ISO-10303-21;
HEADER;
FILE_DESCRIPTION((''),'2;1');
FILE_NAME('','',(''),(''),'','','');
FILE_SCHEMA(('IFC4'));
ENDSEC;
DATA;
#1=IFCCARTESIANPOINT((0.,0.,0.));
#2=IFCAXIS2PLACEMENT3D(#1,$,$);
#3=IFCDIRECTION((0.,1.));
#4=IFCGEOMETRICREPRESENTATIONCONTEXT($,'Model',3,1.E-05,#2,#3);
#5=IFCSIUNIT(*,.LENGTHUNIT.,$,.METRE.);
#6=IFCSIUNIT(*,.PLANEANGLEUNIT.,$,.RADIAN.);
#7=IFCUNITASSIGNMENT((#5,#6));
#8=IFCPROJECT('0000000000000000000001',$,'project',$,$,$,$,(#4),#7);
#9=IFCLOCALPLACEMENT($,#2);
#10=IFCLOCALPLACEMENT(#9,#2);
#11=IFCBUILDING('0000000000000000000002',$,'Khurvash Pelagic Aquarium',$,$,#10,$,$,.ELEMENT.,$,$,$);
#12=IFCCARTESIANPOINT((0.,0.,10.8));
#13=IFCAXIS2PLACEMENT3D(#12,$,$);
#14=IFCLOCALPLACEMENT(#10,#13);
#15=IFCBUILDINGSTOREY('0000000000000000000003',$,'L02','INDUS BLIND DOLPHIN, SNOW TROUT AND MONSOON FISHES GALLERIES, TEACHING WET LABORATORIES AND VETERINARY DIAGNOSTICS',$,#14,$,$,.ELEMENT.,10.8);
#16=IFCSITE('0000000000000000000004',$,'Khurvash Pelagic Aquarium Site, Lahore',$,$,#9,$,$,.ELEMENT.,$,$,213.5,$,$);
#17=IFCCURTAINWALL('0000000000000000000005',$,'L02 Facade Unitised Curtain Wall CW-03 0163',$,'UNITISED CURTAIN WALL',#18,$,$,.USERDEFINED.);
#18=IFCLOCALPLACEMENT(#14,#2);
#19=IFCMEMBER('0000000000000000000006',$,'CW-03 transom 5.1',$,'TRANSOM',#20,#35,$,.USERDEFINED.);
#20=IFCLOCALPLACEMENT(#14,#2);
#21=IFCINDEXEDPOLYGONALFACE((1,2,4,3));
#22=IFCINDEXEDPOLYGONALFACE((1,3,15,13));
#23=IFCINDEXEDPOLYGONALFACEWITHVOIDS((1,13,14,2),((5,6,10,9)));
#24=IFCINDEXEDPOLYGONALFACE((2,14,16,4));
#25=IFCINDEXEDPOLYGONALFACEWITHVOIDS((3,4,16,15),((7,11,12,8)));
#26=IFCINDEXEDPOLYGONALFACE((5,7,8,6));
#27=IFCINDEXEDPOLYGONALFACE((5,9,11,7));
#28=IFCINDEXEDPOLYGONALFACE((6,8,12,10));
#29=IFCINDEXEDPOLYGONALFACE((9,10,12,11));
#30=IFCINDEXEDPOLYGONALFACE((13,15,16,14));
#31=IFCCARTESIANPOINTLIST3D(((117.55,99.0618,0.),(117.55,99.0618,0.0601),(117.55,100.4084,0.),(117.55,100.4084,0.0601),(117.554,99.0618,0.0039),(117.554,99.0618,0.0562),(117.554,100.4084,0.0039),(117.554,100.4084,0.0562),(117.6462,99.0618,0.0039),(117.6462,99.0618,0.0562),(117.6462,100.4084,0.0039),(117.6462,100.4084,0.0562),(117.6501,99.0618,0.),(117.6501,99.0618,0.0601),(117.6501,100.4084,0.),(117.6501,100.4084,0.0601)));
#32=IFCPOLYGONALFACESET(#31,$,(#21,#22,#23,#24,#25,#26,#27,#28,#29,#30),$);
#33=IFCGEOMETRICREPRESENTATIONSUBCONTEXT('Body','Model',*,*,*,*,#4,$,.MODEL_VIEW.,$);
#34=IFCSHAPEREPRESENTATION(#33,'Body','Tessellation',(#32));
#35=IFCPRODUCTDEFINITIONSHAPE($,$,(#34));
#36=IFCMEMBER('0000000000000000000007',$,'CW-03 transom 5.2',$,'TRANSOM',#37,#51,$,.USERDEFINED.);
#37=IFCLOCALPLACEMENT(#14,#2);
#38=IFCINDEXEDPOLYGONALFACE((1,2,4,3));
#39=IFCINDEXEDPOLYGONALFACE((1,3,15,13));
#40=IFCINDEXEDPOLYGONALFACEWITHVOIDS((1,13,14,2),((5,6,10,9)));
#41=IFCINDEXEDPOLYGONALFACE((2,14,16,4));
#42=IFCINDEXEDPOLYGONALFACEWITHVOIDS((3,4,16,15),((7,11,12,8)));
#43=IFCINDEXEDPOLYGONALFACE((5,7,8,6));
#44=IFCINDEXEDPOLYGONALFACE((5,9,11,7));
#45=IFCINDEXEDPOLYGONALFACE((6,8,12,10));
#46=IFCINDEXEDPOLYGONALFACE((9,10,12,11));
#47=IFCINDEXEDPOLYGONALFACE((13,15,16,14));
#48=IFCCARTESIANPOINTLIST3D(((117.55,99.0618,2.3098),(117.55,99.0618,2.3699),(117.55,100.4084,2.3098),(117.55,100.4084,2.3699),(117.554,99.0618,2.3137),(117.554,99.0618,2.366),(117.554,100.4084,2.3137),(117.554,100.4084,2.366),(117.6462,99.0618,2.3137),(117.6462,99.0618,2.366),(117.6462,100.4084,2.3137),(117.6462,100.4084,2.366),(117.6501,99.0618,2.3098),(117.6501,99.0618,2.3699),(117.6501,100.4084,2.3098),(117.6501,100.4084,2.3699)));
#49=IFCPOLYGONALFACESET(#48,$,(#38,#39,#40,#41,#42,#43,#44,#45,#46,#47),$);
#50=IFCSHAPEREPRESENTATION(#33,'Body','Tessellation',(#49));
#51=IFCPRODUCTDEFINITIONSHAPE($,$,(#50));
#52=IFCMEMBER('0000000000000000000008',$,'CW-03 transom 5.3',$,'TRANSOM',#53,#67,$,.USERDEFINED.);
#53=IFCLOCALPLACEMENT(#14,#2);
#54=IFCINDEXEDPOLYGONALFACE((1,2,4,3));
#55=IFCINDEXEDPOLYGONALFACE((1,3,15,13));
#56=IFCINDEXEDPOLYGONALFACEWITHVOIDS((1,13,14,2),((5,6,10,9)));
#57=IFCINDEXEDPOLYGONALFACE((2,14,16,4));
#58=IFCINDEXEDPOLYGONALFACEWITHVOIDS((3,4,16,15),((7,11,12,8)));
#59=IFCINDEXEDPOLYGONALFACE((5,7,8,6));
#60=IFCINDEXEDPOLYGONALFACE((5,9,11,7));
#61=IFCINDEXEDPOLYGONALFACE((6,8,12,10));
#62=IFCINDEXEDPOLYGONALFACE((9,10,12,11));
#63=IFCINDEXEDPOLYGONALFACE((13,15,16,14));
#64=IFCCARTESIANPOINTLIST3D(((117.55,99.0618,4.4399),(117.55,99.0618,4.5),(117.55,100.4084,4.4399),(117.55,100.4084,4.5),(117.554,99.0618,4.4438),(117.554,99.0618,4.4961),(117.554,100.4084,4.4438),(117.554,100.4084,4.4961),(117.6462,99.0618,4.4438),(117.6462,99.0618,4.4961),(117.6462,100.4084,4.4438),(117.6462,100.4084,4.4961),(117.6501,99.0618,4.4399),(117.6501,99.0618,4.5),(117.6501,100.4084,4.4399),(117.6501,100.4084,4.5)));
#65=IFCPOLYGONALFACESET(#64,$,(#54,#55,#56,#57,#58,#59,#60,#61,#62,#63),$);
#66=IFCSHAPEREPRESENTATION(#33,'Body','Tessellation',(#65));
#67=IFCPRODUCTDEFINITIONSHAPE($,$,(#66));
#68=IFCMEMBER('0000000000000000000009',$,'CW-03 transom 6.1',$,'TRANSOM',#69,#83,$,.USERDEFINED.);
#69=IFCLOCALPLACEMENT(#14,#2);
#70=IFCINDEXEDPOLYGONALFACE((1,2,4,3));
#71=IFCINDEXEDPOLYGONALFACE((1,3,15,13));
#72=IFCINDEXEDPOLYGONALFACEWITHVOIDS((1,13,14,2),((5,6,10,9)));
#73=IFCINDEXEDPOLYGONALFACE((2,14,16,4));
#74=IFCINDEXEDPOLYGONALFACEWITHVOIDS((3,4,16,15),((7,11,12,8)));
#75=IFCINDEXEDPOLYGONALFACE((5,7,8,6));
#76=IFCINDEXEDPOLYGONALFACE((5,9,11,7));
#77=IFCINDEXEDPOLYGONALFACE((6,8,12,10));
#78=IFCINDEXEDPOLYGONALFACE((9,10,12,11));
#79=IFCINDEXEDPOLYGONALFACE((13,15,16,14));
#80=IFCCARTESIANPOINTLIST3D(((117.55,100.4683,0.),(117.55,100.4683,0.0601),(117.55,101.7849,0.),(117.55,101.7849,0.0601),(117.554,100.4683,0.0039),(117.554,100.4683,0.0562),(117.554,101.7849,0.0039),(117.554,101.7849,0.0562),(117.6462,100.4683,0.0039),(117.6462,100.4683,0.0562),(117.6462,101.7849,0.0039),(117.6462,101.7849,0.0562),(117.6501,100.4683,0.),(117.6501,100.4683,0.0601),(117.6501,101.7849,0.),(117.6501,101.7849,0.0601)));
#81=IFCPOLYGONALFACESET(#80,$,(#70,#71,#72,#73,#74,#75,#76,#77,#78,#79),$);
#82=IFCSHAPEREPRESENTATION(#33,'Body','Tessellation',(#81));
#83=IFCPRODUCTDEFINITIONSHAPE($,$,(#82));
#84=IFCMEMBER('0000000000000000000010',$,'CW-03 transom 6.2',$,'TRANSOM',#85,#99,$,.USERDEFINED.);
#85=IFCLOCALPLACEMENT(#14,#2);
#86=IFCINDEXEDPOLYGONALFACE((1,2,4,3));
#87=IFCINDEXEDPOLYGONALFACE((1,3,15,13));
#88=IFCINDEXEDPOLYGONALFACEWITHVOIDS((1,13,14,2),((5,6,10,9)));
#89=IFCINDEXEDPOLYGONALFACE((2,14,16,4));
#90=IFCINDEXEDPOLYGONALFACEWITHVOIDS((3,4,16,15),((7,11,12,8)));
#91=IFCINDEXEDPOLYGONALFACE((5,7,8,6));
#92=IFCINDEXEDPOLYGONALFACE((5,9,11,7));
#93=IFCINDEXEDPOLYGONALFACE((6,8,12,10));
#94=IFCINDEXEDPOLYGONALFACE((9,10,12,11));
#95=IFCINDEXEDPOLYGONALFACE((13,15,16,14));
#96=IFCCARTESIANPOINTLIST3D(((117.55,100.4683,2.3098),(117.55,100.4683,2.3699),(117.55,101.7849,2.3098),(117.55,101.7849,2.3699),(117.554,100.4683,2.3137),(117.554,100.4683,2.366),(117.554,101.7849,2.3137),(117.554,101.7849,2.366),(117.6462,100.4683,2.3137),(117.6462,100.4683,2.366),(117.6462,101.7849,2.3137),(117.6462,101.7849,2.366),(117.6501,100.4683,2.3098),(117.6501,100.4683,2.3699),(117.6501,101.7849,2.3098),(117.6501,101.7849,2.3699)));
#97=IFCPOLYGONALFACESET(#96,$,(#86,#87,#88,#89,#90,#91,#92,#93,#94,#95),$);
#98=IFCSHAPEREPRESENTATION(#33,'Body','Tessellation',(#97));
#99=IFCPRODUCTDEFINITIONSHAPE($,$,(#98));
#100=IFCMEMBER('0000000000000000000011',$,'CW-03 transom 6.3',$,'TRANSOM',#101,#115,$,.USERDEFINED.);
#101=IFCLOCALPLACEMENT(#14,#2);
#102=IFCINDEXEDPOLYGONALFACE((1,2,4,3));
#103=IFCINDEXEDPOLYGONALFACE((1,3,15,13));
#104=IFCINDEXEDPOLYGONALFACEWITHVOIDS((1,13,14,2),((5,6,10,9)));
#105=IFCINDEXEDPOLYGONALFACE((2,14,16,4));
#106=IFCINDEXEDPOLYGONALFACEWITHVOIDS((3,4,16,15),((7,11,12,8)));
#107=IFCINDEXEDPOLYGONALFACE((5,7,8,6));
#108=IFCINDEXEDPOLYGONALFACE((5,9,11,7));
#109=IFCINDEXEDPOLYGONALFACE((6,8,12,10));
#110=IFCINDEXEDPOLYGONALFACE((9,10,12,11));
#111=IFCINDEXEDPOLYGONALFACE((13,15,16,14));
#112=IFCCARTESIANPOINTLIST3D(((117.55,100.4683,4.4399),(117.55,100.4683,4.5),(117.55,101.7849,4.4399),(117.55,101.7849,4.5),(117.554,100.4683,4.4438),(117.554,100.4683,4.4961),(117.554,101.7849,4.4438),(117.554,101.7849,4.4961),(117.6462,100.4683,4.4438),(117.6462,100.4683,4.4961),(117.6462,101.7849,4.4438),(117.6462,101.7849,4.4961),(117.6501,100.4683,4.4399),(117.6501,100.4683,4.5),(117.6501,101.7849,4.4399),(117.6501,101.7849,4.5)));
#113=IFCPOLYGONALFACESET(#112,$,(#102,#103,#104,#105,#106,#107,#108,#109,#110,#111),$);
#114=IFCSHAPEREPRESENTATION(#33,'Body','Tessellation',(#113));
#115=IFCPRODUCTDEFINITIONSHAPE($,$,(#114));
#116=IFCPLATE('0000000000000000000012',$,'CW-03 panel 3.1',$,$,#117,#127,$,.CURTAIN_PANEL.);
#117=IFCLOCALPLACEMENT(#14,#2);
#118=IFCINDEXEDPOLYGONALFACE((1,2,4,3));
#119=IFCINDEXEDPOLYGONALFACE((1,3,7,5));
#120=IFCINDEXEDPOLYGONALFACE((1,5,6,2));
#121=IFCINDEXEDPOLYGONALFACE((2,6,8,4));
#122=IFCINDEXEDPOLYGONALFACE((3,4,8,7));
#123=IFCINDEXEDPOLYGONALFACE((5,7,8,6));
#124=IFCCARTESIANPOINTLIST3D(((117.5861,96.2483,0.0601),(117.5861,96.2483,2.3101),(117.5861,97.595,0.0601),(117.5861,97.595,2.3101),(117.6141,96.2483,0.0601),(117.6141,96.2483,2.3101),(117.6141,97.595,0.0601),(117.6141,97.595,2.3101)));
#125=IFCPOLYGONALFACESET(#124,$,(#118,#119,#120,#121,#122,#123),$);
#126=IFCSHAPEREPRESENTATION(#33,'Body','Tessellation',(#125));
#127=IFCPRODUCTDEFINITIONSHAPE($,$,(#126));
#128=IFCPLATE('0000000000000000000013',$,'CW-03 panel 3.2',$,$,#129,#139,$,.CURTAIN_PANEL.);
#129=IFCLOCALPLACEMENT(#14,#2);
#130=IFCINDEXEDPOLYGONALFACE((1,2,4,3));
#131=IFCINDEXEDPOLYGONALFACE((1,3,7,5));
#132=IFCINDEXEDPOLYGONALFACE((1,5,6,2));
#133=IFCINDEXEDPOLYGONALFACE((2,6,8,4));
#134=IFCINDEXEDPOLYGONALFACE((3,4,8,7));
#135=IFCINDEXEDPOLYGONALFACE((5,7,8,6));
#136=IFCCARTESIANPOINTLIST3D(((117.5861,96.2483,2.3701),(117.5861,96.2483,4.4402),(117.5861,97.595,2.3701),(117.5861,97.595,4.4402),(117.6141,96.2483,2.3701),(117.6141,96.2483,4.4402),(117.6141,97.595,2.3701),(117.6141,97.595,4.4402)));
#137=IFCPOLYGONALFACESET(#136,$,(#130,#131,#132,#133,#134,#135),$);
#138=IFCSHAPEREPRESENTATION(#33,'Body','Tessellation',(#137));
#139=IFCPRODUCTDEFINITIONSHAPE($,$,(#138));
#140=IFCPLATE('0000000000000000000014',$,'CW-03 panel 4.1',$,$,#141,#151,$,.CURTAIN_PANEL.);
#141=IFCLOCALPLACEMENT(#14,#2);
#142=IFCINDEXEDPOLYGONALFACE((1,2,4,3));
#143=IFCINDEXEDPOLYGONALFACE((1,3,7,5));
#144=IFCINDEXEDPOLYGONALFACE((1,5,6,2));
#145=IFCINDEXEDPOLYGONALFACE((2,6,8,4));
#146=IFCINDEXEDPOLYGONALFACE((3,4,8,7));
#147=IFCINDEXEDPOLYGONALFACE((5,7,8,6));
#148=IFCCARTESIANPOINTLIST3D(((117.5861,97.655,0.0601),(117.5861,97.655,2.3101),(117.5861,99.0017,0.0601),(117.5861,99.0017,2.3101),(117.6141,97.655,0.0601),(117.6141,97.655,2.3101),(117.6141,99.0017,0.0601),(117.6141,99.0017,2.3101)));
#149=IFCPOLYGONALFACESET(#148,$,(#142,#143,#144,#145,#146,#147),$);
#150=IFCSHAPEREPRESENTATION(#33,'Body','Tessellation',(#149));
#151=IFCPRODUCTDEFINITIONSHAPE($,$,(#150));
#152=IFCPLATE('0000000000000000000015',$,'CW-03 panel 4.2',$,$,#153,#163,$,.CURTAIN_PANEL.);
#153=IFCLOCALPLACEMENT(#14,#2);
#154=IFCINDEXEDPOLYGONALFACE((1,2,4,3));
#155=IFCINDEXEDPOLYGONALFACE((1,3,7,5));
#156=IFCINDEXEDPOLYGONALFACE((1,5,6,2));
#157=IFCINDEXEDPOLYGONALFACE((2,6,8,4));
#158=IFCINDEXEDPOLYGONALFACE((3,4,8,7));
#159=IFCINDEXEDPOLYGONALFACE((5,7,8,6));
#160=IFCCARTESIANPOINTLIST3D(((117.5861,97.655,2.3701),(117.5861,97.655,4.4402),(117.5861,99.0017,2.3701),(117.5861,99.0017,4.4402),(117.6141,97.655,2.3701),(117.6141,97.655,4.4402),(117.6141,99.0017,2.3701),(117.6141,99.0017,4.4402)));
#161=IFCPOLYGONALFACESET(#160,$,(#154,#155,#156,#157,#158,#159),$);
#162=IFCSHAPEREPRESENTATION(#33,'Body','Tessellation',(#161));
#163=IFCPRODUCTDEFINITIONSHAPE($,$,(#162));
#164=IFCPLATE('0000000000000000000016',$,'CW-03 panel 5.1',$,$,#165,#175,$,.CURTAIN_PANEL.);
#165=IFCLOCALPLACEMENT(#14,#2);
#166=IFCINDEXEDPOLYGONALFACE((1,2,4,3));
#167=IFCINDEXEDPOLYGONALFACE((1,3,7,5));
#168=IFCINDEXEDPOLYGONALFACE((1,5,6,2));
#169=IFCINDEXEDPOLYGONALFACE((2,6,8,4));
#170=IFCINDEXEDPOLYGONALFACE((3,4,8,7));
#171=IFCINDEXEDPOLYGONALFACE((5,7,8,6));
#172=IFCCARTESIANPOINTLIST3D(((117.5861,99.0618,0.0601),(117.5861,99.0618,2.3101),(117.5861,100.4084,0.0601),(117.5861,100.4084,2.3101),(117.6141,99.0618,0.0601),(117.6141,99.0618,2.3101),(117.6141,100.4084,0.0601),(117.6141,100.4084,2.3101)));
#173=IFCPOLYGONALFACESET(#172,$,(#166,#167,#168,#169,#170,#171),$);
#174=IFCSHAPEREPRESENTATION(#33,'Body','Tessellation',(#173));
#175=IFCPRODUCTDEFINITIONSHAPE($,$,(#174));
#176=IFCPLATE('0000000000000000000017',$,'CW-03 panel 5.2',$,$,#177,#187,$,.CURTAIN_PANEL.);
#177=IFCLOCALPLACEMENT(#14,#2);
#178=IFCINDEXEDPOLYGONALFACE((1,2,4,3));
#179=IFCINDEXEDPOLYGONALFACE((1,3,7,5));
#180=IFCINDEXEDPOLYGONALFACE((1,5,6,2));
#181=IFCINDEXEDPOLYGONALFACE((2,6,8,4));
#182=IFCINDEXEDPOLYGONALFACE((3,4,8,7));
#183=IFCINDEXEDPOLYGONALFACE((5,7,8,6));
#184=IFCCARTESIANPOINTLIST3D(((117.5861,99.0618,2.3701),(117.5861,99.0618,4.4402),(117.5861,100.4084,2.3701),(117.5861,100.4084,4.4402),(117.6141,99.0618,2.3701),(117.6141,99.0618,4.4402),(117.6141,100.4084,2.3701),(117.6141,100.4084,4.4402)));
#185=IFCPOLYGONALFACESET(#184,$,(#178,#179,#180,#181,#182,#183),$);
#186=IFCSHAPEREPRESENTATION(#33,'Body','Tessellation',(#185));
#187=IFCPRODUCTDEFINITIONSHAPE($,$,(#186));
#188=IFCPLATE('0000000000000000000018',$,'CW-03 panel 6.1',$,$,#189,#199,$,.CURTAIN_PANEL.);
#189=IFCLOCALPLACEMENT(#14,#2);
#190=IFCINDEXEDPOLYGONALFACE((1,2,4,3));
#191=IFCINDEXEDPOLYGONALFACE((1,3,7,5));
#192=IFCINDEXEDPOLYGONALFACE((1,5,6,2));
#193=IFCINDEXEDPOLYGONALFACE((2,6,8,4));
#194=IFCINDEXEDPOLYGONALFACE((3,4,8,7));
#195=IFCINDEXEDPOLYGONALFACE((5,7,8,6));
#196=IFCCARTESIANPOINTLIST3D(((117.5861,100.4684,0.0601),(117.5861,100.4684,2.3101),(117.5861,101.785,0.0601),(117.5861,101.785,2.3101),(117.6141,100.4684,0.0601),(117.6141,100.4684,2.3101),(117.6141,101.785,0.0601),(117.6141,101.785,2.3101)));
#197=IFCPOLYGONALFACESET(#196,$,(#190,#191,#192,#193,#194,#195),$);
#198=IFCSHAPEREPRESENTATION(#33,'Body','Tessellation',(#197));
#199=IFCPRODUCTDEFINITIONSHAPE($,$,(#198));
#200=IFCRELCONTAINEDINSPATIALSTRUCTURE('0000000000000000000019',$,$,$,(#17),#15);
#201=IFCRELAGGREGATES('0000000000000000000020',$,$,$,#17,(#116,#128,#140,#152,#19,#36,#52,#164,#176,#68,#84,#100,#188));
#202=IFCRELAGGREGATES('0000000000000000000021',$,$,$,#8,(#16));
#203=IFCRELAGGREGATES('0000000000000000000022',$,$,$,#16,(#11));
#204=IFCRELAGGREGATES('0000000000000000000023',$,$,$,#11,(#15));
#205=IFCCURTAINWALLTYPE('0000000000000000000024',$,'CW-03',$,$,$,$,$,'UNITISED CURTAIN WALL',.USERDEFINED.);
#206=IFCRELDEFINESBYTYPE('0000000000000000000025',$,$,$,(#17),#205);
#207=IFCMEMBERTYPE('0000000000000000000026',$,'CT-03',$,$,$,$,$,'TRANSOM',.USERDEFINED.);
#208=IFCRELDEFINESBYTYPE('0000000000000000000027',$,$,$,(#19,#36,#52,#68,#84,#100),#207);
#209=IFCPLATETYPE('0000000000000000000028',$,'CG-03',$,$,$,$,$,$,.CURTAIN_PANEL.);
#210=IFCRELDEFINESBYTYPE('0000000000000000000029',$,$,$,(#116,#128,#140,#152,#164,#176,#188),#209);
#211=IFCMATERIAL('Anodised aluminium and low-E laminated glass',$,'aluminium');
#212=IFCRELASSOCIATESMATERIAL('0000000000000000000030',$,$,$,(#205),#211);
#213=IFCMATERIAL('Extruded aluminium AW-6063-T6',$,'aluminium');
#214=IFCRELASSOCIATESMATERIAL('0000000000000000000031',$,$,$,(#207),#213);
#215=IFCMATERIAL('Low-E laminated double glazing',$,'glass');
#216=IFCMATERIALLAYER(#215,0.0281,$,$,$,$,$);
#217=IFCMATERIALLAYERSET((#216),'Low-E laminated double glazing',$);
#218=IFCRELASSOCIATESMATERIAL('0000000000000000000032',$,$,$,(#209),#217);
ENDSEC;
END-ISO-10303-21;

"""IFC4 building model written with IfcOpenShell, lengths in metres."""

from ifc_helpers import new_model, si_unit, direction, frame, origin, origin_2d, place, context, subcontext, project, spatial, rectangle, hollow_rectangle, extrude, material, layer, layer_set, material_profile, profile_set, type_object, element, aggregate, save


model = new_model("IFC4")

# Units and contexts
model_context = context("Model", 3, precision=1e-05, world=origin(), true_north=direction((0.0, 1.0)))
body_context = subcontext(model_context, "Body", "Model", "MODEL_VIEW")
ifc_project = project(units=[si_unit("LENGTHUNIT", "METRE"), si_unit("PLANEANGLEUNIT", "RADIAN")], contexts=[model_context])

# Site, building, storey
site_placement = place(None, origin())
site = spatial("IfcSite", under=ifc_project, at=site_placement, Name="Khurvash Pelagic Aquarium Site, Lahore", CompositionType="ELEMENT", RefElevation=213.5)
building_placement = place(site_placement, origin())
building = spatial("IfcBuilding", under=site, at=building_placement, Name="Khurvash Pelagic Aquarium", CompositionType="ELEMENT")
storey_placement = place(building_placement, frame((0.0, 0.0, 10.8)))
storey = spatial("IfcBuildingStorey", under=building, at=storey_placement, Name="L02", Description="INDUS BLIND DOLPHIN, SNOW TROUT AND MONSOON FISHES GALLERIES, TEACHING WET LABORATORIES AND VETERINARY DIAGNOSTICS", CompositionType="ELEMENT", Elevation=10.8)

# Curtain wall, members, plates
ifc_material_1 = material(Name="Anodised aluminium and low-E laminated glass", Category="aluminium")
curtain_wall_type = type_object("IfcCurtainWallType", Name="CW-03", ElementType="UNITISED CURTAIN WALL", PredefinedType="USERDEFINED", material=ifc_material_1)
curtain_wall_placement = place(storey_placement, origin())
curtain_wall = element("IfcCurtainWall", 1, at=curtain_wall_placement, inside=storey, type_object=curtain_wall_type, Name="L02 Facade Unitised Curtain Wall CW-03 0163", ObjectType="UNITISED CURTAIN WALL", PredefinedType="USERDEFINED")
ifc_material_2 = material(Name="Extruded aluminium AW-6063-T6", Category="aluminium")
ifc_material_profile_1 = material_profile(ifc_material_2, hollow_rectangle(XDim=0.1001, YDim=0.0601, WallThickness=0.0039, at=origin_2d()), Name="CWT100X60X4")
ifc_profile_set_1 = profile_set([ifc_material_profile_1], Name="Extruded aluminium AW-6063-T6")
member_type_1 = type_object("IfcMemberType", Name="CT-03", ElementType="TRANSOM", PredefinedType="USERDEFINED", material=ifc_profile_set_1)
member_1_placement = place(storey_placement, frame((117.6001, 99.0618, 0.03), z_axis=(0.0, 1.0, 0.0), x_axis=(-1.0, 0.0, 0.0)))
member_1 = element("IfcMember", 2, at=member_1_placement, type_object=member_type_1, Name="CW-03 transom 5.1", ObjectType="TRANSOM", PredefinedType="USERDEFINED", context=body_context, shape_type="SweptSolid", body=[
    extrude(hollow_rectangle(XDim=0.1001, YDim=0.0601, WallThickness=0.0039, at=origin_2d()), origin(), (0.0, 0.0, 1.0), 1.3467),
])
member_2_placement = place(storey_placement, frame((117.6001, 99.0618, 2.3398), z_axis=(0.0, 1.0, 0.0), x_axis=(-1.0, 0.0, 0.0)))
member_2 = element("IfcMember", 3, at=member_2_placement, type_object=member_type_1, Name="CW-03 transom 5.2", ObjectType="TRANSOM", PredefinedType="USERDEFINED", context=body_context, shape_type="SweptSolid", body=[
    extrude(hollow_rectangle(XDim=0.1001, YDim=0.0601, WallThickness=0.0039, at=origin_2d()), origin(), (0.0, 0.0, 1.0), 1.3467),
])
member_3_placement = place(storey_placement, frame((117.6001, 99.0618, 4.47), z_axis=(0.0, 1.0, 0.0), x_axis=(-1.0, 0.0, 0.0)))
member_3 = element("IfcMember", 4, at=member_3_placement, type_object=member_type_1, Name="CW-03 transom 5.3", ObjectType="TRANSOM", PredefinedType="USERDEFINED", context=body_context, shape_type="SweptSolid", body=[
    extrude(hollow_rectangle(XDim=0.1001, YDim=0.0601, WallThickness=0.0039, at=origin_2d()), origin(), (0.0, 0.0, 1.0), 1.3467),
])
member_4_placement = place(storey_placement, frame((117.6001, 100.4683, 0.03), z_axis=(0.0, 1.0, 0.0), x_axis=(-1.0, 0.0, 0.0)))
member_4 = element("IfcMember", 5, at=member_4_placement, type_object=member_type_1, Name="CW-03 transom 6.1", ObjectType="TRANSOM", PredefinedType="USERDEFINED", context=body_context, shape_type="SweptSolid", body=[
    extrude(hollow_rectangle(XDim=0.1001, YDim=0.0601, WallThickness=0.0039, at=origin_2d()), origin(), (0.0, 0.0, 1.0), 1.3167),
])
member_5_placement = place(storey_placement, frame((117.6001, 100.4683, 2.3398), z_axis=(0.0, 1.0, 0.0), x_axis=(-1.0, 0.0, 0.0)))
member_5 = element("IfcMember", 6, at=member_5_placement, type_object=member_type_1, Name="CW-03 transom 6.2", ObjectType="TRANSOM", PredefinedType="USERDEFINED", context=body_context, shape_type="SweptSolid", body=[
    extrude(hollow_rectangle(XDim=0.1001, YDim=0.0601, WallThickness=0.0039, at=origin_2d()), origin(), (0.0, 0.0, 1.0), 1.3167),
])
member_6_placement = place(storey_placement, frame((117.6001, 100.4683, 4.47), z_axis=(0.0, 1.0, 0.0), x_axis=(-1.0, 0.0, 0.0)))
member_6 = element("IfcMember", 7, at=member_6_placement, type_object=member_type_1, Name="CW-03 transom 6.3", ObjectType="TRANSOM", PredefinedType="USERDEFINED", context=body_context, shape_type="SweptSolid", body=[
    extrude(hollow_rectangle(XDim=0.1001, YDim=0.0601, WallThickness=0.0039, at=origin_2d()), origin(), (0.0, 0.0, 1.0), 1.3167),
])
ifc_material_3 = material(Name="Low-E laminated double glazing", Category="glass")
ifc_layer = layer(ifc_material_3, 0.0281)
ifc_layer_set = layer_set([ifc_layer], Name="Low-E laminated double glazing")
plate_type = type_object("IfcPlateType", Name="CG-03", PredefinedType="CURTAIN_PANEL", material=ifc_layer_set)
plate_1_placement = place(storey_placement, frame((117.6001, 96.9216, 0.0601), z_axis=(0.0, 0.0, 1.0), x_axis=(0.0, 1.0, 0.0)))
plate_1 = element("IfcPlate", 8, at=plate_1_placement, type_object=plate_type, Name="CW-03 panel 3.1", PredefinedType="CURTAIN_PANEL", context=body_context, shape_type="SweptSolid", body=[
    extrude(rectangle(XDim=1.3467, YDim=0.0281, at=origin_2d()), origin(), (0.0, 0.0, 1.0), 2.25),
])
plate_2_placement = place(storey_placement, frame((117.6001, 96.9216, 2.3701), z_axis=(0.0, 0.0, 1.0), x_axis=(0.0, 1.0, 0.0)))
plate_2 = element("IfcPlate", 9, at=plate_2_placement, type_object=plate_type, Name="CW-03 panel 3.2", PredefinedType="CURTAIN_PANEL", context=body_context, shape_type="SweptSolid", body=[
    extrude(rectangle(XDim=1.3467, YDim=0.0281, at=origin_2d()), origin(), (0.0, 0.0, 1.0), 2.0701),
])
plate_3_placement = place(storey_placement, frame((117.6001, 98.3284, 0.0601), z_axis=(0.0, 0.0, 1.0), x_axis=(0.0, 1.0, 0.0)))
plate_3 = element("IfcPlate", 10, at=plate_3_placement, type_object=plate_type, Name="CW-03 panel 4.1", PredefinedType="CURTAIN_PANEL", context=body_context, shape_type="SweptSolid", body=[
    extrude(rectangle(XDim=1.3467, YDim=0.0281, at=origin_2d()), origin(), (0.0, 0.0, 1.0), 2.25),
])
plate_4_placement = place(storey_placement, frame((117.6001, 98.3284, 2.3701), z_axis=(0.0, 0.0, 1.0), x_axis=(0.0, 1.0, 0.0)))
plate_4 = element("IfcPlate", 11, at=plate_4_placement, type_object=plate_type, Name="CW-03 panel 4.2", PredefinedType="CURTAIN_PANEL", context=body_context, shape_type="SweptSolid", body=[
    extrude(rectangle(XDim=1.3467, YDim=0.0281, at=origin_2d()), origin(), (0.0, 0.0, 1.0), 2.0701),
])
plate_5_placement = place(storey_placement, frame((117.6001, 99.7351, 0.0601), z_axis=(0.0, 0.0, 1.0), x_axis=(0.0, 1.0, 0.0)))
plate_5 = element("IfcPlate", 12, at=plate_5_placement, type_object=plate_type, Name="CW-03 panel 5.1", PredefinedType="CURTAIN_PANEL", context=body_context, shape_type="SweptSolid", body=[
    extrude(rectangle(XDim=1.3467, YDim=0.0281, at=origin_2d()), origin(), (0.0, 0.0, 1.0), 2.25),
])
plate_6_placement = place(storey_placement, frame((117.6001, 99.7351, 2.3701), z_axis=(0.0, 0.0, 1.0), x_axis=(0.0, 1.0, 0.0)))
plate_6 = element("IfcPlate", 13, at=plate_6_placement, type_object=plate_type, Name="CW-03 panel 5.2", PredefinedType="CURTAIN_PANEL", context=body_context, shape_type="SweptSolid", body=[
    extrude(rectangle(XDim=1.3467, YDim=0.0281, at=origin_2d()), origin(), (0.0, 0.0, 1.0), 2.0701),
])
plate_7_placement = place(storey_placement, frame((117.6001, 101.1267, 0.0601), z_axis=(0.0, 0.0, 1.0), x_axis=(0.0, 1.0, 0.0)))
plate_7 = element("IfcPlate", 14, at=plate_7_placement, type_object=plate_type, Name="CW-03 panel 6.1", PredefinedType="CURTAIN_PANEL", context=body_context, shape_type="SweptSolid", body=[
    extrude(rectangle(XDim=1.3167, YDim=0.0281, at=origin_2d()), origin(), (0.0, 0.0, 1.0), 2.25),
])
aggregate(curtain_wall, [plate_1, plate_2, plate_3, plate_4, member_1, member_2, member_3, plate_5, plate_6, member_4, member_5, member_6, plate_7])

save(model, "model.ifc")
